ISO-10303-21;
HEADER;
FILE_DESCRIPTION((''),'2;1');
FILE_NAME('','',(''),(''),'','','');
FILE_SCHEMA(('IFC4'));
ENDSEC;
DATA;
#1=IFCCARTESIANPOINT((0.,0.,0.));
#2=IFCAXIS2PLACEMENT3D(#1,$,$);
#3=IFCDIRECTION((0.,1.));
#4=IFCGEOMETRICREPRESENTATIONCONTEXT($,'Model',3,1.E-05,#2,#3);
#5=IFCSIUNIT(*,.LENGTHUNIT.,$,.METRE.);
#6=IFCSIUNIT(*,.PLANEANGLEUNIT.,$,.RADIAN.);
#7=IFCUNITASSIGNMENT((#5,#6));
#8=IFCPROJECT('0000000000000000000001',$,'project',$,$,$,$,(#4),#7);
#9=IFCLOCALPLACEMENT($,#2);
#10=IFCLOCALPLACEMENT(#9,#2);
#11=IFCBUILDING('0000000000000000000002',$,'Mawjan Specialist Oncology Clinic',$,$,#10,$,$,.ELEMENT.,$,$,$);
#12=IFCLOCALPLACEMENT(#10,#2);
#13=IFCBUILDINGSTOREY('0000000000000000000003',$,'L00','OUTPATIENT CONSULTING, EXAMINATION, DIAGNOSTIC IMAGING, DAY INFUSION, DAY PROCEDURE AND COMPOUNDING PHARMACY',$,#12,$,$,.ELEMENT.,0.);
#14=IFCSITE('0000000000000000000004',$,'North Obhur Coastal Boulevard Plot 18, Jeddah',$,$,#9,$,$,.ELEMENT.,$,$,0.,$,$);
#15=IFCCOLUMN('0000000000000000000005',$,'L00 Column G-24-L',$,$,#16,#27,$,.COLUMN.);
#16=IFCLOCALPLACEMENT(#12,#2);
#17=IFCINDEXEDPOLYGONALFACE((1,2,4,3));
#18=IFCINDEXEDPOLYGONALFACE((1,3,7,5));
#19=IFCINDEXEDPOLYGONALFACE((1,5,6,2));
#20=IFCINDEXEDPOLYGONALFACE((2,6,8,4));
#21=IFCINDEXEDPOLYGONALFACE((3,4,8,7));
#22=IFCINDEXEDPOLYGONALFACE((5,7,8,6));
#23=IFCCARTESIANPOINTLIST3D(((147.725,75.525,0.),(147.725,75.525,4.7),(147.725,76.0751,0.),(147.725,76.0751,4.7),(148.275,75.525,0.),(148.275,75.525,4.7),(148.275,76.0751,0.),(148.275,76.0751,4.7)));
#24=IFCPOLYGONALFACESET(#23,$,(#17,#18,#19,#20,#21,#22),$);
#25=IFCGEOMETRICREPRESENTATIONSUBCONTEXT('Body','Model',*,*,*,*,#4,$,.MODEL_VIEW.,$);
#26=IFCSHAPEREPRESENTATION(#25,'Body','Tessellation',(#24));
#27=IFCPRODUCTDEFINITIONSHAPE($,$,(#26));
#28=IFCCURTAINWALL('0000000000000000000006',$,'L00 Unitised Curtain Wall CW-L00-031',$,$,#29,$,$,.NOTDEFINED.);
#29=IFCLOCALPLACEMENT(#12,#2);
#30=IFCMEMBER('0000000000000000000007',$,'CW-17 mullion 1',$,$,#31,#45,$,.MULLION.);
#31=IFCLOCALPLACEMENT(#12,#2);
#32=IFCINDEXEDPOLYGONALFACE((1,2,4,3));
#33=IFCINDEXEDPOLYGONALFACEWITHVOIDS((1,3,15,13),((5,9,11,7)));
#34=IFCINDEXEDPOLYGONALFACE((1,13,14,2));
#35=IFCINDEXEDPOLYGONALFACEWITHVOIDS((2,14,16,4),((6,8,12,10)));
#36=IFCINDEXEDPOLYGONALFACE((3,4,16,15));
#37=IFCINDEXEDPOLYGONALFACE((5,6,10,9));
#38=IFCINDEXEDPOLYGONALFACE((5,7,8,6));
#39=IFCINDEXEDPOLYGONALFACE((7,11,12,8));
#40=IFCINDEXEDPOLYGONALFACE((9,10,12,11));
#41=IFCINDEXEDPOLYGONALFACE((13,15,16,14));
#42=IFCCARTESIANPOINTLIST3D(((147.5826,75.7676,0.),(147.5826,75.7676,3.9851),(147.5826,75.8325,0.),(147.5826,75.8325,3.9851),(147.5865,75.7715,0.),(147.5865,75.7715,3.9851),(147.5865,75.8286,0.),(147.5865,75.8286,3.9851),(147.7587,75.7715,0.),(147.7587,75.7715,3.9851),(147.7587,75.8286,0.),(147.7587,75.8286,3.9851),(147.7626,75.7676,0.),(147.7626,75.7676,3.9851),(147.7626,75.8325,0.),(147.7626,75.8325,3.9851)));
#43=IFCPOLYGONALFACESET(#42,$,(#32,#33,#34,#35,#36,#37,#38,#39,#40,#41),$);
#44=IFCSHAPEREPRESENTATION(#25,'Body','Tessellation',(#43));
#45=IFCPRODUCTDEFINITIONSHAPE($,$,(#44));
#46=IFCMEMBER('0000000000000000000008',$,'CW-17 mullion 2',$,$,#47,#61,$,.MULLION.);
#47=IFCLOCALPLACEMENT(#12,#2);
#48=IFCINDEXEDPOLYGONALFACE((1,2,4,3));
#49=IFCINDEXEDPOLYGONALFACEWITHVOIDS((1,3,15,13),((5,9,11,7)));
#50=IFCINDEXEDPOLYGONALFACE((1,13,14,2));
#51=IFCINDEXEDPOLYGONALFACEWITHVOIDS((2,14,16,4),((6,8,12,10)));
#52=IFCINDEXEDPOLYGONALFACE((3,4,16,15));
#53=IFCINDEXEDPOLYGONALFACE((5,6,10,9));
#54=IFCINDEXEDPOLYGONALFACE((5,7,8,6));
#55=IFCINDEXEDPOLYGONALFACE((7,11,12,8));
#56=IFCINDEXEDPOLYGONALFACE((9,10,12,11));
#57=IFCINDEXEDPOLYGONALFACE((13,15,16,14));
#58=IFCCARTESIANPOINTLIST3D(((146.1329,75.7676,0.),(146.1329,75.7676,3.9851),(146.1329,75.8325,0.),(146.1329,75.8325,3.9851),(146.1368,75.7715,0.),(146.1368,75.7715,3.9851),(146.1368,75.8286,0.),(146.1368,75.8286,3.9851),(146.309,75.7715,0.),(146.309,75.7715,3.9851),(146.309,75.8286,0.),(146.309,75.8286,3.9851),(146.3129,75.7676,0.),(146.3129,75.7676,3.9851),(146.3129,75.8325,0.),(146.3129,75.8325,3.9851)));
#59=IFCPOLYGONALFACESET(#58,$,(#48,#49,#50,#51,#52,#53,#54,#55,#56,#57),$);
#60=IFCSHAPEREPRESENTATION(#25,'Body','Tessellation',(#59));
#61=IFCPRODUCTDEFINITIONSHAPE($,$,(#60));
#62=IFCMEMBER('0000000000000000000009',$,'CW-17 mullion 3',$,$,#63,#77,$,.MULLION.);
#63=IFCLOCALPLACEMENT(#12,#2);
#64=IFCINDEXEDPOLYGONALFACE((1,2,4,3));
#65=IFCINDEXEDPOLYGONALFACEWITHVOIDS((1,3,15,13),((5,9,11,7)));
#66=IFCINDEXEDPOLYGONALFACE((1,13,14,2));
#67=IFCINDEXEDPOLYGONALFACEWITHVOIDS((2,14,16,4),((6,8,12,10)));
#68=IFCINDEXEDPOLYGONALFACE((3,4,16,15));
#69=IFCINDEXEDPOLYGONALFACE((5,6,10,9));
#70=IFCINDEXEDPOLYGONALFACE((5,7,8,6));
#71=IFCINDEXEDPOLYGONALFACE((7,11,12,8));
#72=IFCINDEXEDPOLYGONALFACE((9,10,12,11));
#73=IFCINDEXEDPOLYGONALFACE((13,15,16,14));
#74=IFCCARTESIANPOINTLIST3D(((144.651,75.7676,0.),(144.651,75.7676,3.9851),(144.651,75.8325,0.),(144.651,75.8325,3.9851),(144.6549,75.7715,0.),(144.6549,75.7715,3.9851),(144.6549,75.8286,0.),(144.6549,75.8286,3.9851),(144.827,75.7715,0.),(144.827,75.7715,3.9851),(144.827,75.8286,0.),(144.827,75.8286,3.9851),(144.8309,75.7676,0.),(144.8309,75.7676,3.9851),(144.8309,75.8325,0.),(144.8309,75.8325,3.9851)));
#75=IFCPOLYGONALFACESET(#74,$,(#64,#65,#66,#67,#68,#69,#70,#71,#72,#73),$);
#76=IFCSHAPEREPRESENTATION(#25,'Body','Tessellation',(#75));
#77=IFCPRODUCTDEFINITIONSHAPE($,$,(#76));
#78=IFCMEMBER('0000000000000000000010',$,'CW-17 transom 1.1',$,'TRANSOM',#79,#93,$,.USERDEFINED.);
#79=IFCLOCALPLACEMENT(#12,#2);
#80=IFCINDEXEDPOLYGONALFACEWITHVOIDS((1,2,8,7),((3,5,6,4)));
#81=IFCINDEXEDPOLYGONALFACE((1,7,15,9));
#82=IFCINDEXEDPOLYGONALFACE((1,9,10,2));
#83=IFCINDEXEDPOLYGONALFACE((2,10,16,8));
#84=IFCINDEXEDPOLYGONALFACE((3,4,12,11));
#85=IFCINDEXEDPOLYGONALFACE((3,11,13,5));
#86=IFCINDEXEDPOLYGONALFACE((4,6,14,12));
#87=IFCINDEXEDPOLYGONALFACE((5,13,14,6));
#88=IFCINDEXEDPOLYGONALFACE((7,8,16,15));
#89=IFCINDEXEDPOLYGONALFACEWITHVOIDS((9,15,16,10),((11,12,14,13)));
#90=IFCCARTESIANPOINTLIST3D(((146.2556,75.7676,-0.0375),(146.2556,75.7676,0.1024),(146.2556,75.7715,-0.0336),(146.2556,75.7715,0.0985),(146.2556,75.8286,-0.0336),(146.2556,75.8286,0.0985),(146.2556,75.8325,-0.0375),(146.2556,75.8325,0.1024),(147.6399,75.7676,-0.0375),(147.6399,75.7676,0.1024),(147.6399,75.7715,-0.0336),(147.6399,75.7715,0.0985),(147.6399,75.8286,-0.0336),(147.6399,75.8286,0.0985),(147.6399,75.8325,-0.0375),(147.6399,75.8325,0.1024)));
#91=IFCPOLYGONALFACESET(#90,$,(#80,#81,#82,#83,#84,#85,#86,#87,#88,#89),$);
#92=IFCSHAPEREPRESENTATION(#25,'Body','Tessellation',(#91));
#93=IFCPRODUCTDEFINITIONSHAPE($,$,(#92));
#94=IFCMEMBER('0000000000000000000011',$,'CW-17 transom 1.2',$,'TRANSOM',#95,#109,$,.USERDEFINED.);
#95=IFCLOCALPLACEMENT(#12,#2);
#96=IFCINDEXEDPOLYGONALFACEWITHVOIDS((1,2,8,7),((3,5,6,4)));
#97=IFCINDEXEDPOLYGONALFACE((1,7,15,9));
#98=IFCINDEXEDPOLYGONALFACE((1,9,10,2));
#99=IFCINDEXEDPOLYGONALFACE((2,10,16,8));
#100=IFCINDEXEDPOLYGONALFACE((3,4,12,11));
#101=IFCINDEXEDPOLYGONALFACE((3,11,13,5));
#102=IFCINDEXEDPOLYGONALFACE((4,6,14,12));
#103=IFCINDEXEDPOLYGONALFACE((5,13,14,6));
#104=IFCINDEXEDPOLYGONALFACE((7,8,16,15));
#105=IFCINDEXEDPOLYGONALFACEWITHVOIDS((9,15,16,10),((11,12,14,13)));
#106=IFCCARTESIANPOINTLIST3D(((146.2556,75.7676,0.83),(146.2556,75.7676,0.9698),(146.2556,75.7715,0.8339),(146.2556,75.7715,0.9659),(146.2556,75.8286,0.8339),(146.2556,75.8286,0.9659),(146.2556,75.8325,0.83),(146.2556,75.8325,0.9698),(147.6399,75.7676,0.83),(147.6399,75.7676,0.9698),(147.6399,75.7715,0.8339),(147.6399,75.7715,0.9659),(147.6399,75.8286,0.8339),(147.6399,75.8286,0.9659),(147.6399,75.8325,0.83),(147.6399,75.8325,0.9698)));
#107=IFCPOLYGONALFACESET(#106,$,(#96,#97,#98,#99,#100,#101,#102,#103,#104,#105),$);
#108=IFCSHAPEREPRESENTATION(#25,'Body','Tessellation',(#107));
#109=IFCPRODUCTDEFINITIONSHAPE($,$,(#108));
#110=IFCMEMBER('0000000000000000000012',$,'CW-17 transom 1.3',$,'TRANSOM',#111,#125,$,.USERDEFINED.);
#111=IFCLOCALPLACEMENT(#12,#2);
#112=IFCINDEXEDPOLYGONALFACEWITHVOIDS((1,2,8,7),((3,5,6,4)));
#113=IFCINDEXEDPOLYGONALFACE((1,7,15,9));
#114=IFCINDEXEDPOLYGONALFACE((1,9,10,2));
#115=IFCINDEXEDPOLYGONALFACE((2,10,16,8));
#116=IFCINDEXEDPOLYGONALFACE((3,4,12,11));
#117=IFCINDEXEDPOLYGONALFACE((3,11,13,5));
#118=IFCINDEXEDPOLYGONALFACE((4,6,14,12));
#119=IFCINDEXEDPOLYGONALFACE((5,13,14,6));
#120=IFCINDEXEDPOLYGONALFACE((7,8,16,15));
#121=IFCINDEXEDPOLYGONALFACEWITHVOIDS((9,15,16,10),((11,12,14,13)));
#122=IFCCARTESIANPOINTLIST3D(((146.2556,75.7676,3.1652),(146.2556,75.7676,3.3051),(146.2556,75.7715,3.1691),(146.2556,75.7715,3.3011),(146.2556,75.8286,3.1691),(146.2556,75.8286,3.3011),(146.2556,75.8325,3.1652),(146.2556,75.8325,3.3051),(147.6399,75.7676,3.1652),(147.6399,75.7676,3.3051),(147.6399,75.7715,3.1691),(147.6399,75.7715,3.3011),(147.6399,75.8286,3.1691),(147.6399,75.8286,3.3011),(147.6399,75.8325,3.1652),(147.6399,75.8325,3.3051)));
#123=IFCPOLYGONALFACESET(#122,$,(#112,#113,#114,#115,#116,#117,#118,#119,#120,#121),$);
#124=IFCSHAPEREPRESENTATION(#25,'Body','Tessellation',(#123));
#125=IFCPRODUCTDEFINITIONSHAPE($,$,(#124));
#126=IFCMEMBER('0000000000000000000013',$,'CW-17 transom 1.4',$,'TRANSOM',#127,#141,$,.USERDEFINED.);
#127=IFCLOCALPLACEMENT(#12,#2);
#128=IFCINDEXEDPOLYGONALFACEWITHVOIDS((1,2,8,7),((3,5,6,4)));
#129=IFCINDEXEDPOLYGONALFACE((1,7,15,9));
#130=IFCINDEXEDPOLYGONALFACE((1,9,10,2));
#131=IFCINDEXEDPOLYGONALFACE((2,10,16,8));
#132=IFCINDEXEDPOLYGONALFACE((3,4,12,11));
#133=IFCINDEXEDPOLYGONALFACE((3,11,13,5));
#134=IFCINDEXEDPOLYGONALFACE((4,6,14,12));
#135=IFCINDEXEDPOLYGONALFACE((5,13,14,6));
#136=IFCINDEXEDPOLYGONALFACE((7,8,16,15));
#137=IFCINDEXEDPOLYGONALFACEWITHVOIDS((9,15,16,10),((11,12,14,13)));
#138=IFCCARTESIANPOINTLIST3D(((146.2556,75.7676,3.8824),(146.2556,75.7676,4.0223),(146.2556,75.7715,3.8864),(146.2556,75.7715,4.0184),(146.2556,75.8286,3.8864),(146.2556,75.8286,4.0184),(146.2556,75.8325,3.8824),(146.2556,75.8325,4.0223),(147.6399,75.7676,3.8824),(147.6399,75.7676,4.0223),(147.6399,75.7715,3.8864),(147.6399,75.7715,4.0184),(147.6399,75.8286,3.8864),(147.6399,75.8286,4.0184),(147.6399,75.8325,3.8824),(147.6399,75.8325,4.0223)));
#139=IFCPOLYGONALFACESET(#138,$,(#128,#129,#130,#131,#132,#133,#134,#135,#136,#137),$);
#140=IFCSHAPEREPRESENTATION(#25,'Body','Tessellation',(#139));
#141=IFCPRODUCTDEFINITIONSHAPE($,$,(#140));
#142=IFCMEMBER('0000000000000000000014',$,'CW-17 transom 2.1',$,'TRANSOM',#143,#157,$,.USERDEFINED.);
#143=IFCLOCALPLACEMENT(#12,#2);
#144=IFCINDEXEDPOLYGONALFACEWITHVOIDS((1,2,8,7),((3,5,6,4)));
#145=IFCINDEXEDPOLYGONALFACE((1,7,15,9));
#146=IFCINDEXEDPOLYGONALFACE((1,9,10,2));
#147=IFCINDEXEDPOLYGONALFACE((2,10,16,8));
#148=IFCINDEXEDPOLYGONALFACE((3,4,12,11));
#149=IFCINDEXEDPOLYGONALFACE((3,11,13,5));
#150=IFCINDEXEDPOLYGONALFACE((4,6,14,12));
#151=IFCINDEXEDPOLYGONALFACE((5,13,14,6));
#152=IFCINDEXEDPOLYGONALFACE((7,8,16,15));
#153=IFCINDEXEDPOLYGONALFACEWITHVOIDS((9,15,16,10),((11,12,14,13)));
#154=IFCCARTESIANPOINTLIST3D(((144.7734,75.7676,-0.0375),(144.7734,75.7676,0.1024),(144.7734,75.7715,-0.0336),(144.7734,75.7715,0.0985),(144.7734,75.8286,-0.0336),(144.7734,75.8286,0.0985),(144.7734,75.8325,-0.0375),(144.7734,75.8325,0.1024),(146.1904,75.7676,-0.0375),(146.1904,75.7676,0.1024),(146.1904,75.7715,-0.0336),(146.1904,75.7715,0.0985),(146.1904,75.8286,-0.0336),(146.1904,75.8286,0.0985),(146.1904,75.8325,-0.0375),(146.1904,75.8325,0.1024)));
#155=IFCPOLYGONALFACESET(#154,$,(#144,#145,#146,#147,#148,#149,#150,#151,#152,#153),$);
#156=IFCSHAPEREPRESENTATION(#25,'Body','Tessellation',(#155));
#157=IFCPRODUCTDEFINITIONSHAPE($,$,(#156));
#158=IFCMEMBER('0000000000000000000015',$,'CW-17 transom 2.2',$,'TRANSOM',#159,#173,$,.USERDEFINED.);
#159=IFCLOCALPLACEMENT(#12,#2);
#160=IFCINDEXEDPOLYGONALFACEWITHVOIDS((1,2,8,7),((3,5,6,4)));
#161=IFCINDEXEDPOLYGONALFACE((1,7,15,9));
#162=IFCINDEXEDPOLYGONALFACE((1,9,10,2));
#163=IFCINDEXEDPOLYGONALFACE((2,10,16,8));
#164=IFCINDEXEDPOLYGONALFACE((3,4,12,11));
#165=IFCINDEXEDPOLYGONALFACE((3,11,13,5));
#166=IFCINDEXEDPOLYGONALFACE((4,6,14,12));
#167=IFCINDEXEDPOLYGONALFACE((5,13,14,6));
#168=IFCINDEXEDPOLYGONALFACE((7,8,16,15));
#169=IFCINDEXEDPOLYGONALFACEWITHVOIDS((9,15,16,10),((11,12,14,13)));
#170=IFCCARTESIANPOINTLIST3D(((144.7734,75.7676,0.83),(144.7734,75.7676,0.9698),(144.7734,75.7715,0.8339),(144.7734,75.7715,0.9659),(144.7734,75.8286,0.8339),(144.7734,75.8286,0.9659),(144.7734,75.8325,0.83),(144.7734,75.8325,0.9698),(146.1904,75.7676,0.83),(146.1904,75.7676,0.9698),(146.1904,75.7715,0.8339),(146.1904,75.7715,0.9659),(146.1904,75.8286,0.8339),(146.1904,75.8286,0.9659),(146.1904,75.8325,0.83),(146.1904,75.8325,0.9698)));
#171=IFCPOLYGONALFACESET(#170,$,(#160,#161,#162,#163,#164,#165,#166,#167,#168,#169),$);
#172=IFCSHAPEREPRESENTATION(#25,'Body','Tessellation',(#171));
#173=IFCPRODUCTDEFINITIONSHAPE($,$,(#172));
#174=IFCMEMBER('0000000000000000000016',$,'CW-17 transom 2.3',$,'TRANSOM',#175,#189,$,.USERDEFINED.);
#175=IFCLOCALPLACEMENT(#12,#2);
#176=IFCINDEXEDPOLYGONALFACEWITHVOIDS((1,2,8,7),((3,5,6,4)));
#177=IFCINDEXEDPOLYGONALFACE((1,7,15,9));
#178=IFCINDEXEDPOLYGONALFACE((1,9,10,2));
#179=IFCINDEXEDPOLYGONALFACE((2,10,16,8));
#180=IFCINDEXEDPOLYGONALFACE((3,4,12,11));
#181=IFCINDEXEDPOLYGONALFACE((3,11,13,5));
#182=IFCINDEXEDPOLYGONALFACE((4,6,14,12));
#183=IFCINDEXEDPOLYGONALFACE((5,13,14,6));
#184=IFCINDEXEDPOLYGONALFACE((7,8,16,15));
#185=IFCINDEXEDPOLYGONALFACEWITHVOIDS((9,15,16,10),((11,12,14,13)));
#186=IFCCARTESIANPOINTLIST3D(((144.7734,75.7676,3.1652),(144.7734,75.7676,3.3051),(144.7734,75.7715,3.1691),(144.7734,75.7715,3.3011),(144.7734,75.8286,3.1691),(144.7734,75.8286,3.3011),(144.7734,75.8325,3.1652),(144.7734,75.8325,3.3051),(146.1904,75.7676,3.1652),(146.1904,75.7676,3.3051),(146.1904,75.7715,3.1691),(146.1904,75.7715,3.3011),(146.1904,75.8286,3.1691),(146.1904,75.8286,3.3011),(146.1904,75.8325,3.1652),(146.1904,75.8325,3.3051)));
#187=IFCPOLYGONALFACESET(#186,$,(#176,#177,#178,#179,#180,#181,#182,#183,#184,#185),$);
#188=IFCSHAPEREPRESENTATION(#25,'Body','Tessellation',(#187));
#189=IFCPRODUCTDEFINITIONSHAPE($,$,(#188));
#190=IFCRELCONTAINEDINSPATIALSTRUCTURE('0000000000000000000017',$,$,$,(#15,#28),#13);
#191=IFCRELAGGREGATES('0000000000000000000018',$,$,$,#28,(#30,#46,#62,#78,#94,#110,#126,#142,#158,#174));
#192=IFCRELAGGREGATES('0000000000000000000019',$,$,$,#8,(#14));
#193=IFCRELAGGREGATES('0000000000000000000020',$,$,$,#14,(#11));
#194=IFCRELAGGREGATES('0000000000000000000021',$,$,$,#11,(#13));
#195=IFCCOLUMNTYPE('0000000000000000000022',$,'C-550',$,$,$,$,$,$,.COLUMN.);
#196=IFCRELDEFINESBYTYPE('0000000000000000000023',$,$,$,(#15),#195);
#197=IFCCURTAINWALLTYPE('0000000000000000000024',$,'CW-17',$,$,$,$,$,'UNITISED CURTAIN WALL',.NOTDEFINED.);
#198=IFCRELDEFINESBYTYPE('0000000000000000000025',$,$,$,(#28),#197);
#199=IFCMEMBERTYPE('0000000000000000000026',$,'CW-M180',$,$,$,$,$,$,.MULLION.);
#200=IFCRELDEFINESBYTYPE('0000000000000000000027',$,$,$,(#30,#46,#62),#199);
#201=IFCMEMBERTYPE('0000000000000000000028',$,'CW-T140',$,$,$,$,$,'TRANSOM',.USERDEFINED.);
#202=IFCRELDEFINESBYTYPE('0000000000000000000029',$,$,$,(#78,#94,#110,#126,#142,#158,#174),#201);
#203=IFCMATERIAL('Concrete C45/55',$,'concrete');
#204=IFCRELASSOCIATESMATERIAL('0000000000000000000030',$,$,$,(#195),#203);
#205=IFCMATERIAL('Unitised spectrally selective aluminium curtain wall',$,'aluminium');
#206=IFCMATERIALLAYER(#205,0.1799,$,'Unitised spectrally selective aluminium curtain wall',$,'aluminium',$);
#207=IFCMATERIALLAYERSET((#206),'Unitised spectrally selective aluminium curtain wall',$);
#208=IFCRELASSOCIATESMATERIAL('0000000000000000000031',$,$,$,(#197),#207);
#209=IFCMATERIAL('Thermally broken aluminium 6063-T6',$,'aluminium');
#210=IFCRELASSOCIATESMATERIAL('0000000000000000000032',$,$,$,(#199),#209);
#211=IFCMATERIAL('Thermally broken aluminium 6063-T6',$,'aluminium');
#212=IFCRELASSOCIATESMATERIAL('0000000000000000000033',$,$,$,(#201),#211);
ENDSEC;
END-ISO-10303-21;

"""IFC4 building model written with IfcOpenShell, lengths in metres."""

from ifc_helpers import new_model, si_unit, direction, frame, origin, origin_2d, place, context, subcontext, project, spatial, rectangle, hollow_rectangle, extrude, material, layer, layer_set, material_profile, profile_set, type_object, element, aggregate, save


model = new_model("IFC4")

# Units and contexts
model_context = context("Model", 3, precision=1e-05, world=origin(), true_north=direction((0.0, 1.0)))
body_context = subcontext(model_context, "Body", "Model", "MODEL_VIEW")
ifc_project = project(units=[si_unit("LENGTHUNIT", "METRE"), si_unit("PLANEANGLEUNIT", "RADIAN")], contexts=[model_context])

# Site, building, storey
site_placement = place(None, origin())
site = spatial("IfcSite", under=ifc_project, at=site_placement, Name="North Obhur Coastal Boulevard Plot 18, Jeddah", CompositionType="ELEMENT", RefElevation=0.0)
building_placement = place(site_placement, origin())
building = spatial("IfcBuilding", under=site, at=building_placement, Name="Mawjan Specialist Oncology Clinic", CompositionType="ELEMENT")
storey_placement = place(building_placement, origin())
storey = spatial("IfcBuildingStorey", under=building, at=storey_placement, Name="L00", Description="OUTPATIENT CONSULTING, EXAMINATION, DIAGNOSTIC IMAGING, DAY INFUSION, DAY PROCEDURE AND COMPOUNDING PHARMACY", CompositionType="ELEMENT", Elevation=0.0)

# Column
ifc_material_1 = material(Name="Concrete C45/55", Category="concrete")
ifc_material_profile_1 = material_profile(ifc_material_1, rectangle(XDim=0.55, YDim=0.55, at=origin_2d()), Name="RC COL 550x550", Category="concrete")
ifc_profile_set_1 = profile_set([ifc_material_profile_1], Name="Concrete C45/55")
column_type = type_object("IfcColumnType", Name="C-550", PredefinedType="COLUMN", material=ifc_profile_set_1)
column_placement = place(storey_placement, frame((148.0, 75.8, 0.0), z_axis=(0.0, 0.0, 1.0), x_axis=(1.0, 0.0, 0.0)))
element("IfcColumn", 1, at=column_placement, inside=storey, type_object=column_type, Name="L00 Column G-24-L", PredefinedType="COLUMN", context=body_context, shape_type="SweptSolid", body=[
    extrude(rectangle(XDim=0.55, YDim=0.55, at=origin_2d()), origin(), (0.0, 0.0, 1.0), 4.7),
])

# Curtain wall, members
ifc_material_2 = material(Name="Unitised spectrally selective aluminium curtain wall", Category="aluminium")
ifc_layer_1 = layer(ifc_material_2, 0.1799, Name="Unitised spectrally selective aluminium curtain wall", Category="aluminium")
ifc_layer_set_1 = layer_set([ifc_layer_1], Name="Unitised spectrally selective aluminium curtain wall")
curtain_wall_type = type_object("IfcCurtainWallType", Name="CW-17", ElementType="UNITISED CURTAIN WALL", PredefinedType="NOTDEFINED", material=ifc_layer_set_1)
curtain_wall_placement = place(storey_placement, origin())
curtain_wall = element("IfcCurtainWall", 2, at=curtain_wall_placement, inside=storey, type_object=curtain_wall_type, Name="L00 Unitised Curtain Wall CW-L00-031", PredefinedType="NOTDEFINED")
ifc_material_3 = material(Name="Thermally broken aluminium 6063-T6", Category="aluminium")
ifc_material_profile_2 = material_profile(ifc_material_3, hollow_rectangle(XDim=0.0649, YDim=0.1799, WallThickness=0.0039, at=origin_2d()), Name="ALU MULLION 180x65x4", Category="aluminium")
ifc_profile_set_2 = profile_set([ifc_material_profile_2], Name="Thermally broken aluminium 6063-T6")
member_type_1 = type_object("IfcMemberType", Name="CW-M180", PredefinedType="MULLION", material=ifc_profile_set_2)
member_1_placement = place(storey_placement, frame((147.6726, 75.8, 0.0), z_axis=(0.0, 0.0, 1.0), x_axis=(0.0, -1.0, 0.0)))
member_1 = element("IfcMember", 3, at=member_1_placement, type_object=member_type_1, Name="CW-17 mullion 1", PredefinedType="MULLION", context=body_context, shape_type="SweptSolid", body=[
    extrude(hollow_rectangle(XDim=0.0649, YDim=0.1799, WallThickness=0.0039, at=origin_2d()), origin(), (0.0, 0.0, 1.0), 3.9851),
])
member_2_placement = place(storey_placement, frame((146.2229, 75.8, 0.0), z_axis=(0.0, 0.0, 1.0), x_axis=(0.0, -1.0, 0.0)))
member_2 = element("IfcMember", 4, at=member_2_placement, type_object=member_type_1, Name="CW-17 mullion 2", PredefinedType="MULLION", context=body_context, shape_type="SweptSolid", body=[
    extrude(hollow_rectangle(XDim=0.0649, YDim=0.1799, WallThickness=0.0039, at=origin_2d()), origin(), (0.0, 0.0, 1.0), 3.9851),
])
member_3_placement = place(storey_placement, frame((144.741, 75.8, 0.0), z_axis=(0.0, 0.0, 1.0), x_axis=(0.0, -1.0, 0.0)))
member_3 = element("IfcMember", 5, at=member_3_placement, type_object=member_type_1, Name="CW-17 mullion 3", PredefinedType="MULLION", context=body_context, shape_type="SweptSolid", body=[
    extrude(hollow_rectangle(XDim=0.0649, YDim=0.1799, WallThickness=0.0039, at=origin_2d()), origin(), (0.0, 0.0, 1.0), 3.9851),
])
ifc_material_4 = material(Name="Thermally broken aluminium 6063-T6", Category="aluminium")
ifc_material_profile_3 = material_profile(ifc_material_4, hollow_rectangle(XDim=0.0649, YDim=0.1399, WallThickness=0.0039, at=origin_2d()), Name="ALU TRANSOM 140x65x4", Category="aluminium")
ifc_profile_set_3 = profile_set([ifc_material_profile_3], Name="Thermally broken aluminium 6063-T6")
member_type_2 = type_object("IfcMemberType", Name="CW-T140", ElementType="TRANSOM", PredefinedType="USERDEFINED", material=ifc_profile_set_3)
member_4_placement = place(storey_placement, frame((147.6399, 75.8, 0.0325), z_axis=(-1.0, 0.0, 0.0), x_axis=(0.0, -1.0, 0.0)))
member_4 = element("IfcMember", 6, at=member_4_placement, type_object=member_type_2, Name="CW-17 transom 1.1", ObjectType="TRANSOM", PredefinedType="USERDEFINED", context=body_context, shape_type="SweptSolid", body=[
    extrude(hollow_rectangle(XDim=0.0649, YDim=0.1399, WallThickness=0.0039, at=origin_2d()), origin(), (0.0, 0.0, 1.0), 1.3843),
])
member_5_placement = place(storey_placement, frame((147.6399, 75.8, 0.8999), z_axis=(-1.0, 0.0, 0.0), x_axis=(0.0, -1.0, 0.0)))
member_5 = element("IfcMember", 7, at=member_5_placement, type_object=member_type_2, Name="CW-17 transom 1.2", ObjectType="TRANSOM", PredefinedType="USERDEFINED", context=body_context, shape_type="SweptSolid", body=[
    extrude(hollow_rectangle(XDim=0.0649, YDim=0.1399, WallThickness=0.0039, at=origin_2d()), origin(), (0.0, 0.0, 1.0), 1.3843),
])
member_6_placement = place(storey_placement, frame((147.6399, 75.8, 3.2351), z_axis=(-1.0, 0.0, 0.0), x_axis=(0.0, -1.0, 0.0)))
member_6 = element("IfcMember", 8, at=member_6_placement, type_object=member_type_2, Name="CW-17 transom 1.3", ObjectType="TRANSOM", PredefinedType="USERDEFINED", context=body_context, shape_type="SweptSolid", body=[
    extrude(hollow_rectangle(XDim=0.0649, YDim=0.1399, WallThickness=0.0039, at=origin_2d()), origin(), (0.0, 0.0, 1.0), 1.3843),
])
member_7_placement = place(storey_placement, frame((147.6399, 75.8, 3.9524), z_axis=(-1.0, 0.0, 0.0), x_axis=(0.0, -1.0, 0.0)))
member_7 = element("IfcMember", 9, at=member_7_placement, type_object=member_type_2, Name="CW-17 transom 1.4", ObjectType="TRANSOM", PredefinedType="USERDEFINED", context=body_context, shape_type="SweptSolid", body=[
    extrude(hollow_rectangle(XDim=0.0649, YDim=0.1399, WallThickness=0.0039, at=origin_2d()), origin(), (0.0, 0.0, 1.0), 1.3843),
])
member_8_placement = place(storey_placement, frame((146.1904, 75.8, 0.0325), z_axis=(-1.0, 0.0, 0.0), x_axis=(0.0, -1.0, 0.0)))
member_8 = element("IfcMember", 10, at=member_8_placement, type_object=member_type_2, Name="CW-17 transom 2.1", ObjectType="TRANSOM", PredefinedType="USERDEFINED", context=body_context, shape_type="SweptSolid", body=[
    extrude(hollow_rectangle(XDim=0.0649, YDim=0.1399, WallThickness=0.0039, at=origin_2d()), origin(), (0.0, 0.0, 1.0), 1.417),
])
member_9_placement = place(storey_placement, frame((146.1904, 75.8, 0.8999), z_axis=(-1.0, 0.0, 0.0), x_axis=(0.0, -1.0, 0.0)))
member_9 = element("IfcMember", 11, at=member_9_placement, type_object=member_type_2, Name="CW-17 transom 2.2", ObjectType="TRANSOM", PredefinedType="USERDEFINED", context=body_context, shape_type="SweptSolid", body=[
    extrude(hollow_rectangle(XDim=0.0649, YDim=0.1399, WallThickness=0.0039, at=origin_2d()), origin(), (0.0, 0.0, 1.0), 1.417),
])
member_10_placement = place(storey_placement, frame((146.1904, 75.8, 3.2351), z_axis=(-1.0, 0.0, 0.0), x_axis=(0.0, -1.0, 0.0)))
member_10 = element("IfcMember", 12, at=member_10_placement, type_object=member_type_2, Name="CW-17 transom 2.3", ObjectType="TRANSOM", PredefinedType="USERDEFINED", context=body_context, shape_type="SweptSolid", body=[
    extrude(hollow_rectangle(XDim=0.0649, YDim=0.1399, WallThickness=0.0039, at=origin_2d()), origin(), (0.0, 0.0, 1.0), 1.417),
])
aggregate(curtain_wall, [member_1, member_2, member_3, member_4, member_5, member_6, member_7, member_8, member_9, member_10])

save(model, "model.ifc")
